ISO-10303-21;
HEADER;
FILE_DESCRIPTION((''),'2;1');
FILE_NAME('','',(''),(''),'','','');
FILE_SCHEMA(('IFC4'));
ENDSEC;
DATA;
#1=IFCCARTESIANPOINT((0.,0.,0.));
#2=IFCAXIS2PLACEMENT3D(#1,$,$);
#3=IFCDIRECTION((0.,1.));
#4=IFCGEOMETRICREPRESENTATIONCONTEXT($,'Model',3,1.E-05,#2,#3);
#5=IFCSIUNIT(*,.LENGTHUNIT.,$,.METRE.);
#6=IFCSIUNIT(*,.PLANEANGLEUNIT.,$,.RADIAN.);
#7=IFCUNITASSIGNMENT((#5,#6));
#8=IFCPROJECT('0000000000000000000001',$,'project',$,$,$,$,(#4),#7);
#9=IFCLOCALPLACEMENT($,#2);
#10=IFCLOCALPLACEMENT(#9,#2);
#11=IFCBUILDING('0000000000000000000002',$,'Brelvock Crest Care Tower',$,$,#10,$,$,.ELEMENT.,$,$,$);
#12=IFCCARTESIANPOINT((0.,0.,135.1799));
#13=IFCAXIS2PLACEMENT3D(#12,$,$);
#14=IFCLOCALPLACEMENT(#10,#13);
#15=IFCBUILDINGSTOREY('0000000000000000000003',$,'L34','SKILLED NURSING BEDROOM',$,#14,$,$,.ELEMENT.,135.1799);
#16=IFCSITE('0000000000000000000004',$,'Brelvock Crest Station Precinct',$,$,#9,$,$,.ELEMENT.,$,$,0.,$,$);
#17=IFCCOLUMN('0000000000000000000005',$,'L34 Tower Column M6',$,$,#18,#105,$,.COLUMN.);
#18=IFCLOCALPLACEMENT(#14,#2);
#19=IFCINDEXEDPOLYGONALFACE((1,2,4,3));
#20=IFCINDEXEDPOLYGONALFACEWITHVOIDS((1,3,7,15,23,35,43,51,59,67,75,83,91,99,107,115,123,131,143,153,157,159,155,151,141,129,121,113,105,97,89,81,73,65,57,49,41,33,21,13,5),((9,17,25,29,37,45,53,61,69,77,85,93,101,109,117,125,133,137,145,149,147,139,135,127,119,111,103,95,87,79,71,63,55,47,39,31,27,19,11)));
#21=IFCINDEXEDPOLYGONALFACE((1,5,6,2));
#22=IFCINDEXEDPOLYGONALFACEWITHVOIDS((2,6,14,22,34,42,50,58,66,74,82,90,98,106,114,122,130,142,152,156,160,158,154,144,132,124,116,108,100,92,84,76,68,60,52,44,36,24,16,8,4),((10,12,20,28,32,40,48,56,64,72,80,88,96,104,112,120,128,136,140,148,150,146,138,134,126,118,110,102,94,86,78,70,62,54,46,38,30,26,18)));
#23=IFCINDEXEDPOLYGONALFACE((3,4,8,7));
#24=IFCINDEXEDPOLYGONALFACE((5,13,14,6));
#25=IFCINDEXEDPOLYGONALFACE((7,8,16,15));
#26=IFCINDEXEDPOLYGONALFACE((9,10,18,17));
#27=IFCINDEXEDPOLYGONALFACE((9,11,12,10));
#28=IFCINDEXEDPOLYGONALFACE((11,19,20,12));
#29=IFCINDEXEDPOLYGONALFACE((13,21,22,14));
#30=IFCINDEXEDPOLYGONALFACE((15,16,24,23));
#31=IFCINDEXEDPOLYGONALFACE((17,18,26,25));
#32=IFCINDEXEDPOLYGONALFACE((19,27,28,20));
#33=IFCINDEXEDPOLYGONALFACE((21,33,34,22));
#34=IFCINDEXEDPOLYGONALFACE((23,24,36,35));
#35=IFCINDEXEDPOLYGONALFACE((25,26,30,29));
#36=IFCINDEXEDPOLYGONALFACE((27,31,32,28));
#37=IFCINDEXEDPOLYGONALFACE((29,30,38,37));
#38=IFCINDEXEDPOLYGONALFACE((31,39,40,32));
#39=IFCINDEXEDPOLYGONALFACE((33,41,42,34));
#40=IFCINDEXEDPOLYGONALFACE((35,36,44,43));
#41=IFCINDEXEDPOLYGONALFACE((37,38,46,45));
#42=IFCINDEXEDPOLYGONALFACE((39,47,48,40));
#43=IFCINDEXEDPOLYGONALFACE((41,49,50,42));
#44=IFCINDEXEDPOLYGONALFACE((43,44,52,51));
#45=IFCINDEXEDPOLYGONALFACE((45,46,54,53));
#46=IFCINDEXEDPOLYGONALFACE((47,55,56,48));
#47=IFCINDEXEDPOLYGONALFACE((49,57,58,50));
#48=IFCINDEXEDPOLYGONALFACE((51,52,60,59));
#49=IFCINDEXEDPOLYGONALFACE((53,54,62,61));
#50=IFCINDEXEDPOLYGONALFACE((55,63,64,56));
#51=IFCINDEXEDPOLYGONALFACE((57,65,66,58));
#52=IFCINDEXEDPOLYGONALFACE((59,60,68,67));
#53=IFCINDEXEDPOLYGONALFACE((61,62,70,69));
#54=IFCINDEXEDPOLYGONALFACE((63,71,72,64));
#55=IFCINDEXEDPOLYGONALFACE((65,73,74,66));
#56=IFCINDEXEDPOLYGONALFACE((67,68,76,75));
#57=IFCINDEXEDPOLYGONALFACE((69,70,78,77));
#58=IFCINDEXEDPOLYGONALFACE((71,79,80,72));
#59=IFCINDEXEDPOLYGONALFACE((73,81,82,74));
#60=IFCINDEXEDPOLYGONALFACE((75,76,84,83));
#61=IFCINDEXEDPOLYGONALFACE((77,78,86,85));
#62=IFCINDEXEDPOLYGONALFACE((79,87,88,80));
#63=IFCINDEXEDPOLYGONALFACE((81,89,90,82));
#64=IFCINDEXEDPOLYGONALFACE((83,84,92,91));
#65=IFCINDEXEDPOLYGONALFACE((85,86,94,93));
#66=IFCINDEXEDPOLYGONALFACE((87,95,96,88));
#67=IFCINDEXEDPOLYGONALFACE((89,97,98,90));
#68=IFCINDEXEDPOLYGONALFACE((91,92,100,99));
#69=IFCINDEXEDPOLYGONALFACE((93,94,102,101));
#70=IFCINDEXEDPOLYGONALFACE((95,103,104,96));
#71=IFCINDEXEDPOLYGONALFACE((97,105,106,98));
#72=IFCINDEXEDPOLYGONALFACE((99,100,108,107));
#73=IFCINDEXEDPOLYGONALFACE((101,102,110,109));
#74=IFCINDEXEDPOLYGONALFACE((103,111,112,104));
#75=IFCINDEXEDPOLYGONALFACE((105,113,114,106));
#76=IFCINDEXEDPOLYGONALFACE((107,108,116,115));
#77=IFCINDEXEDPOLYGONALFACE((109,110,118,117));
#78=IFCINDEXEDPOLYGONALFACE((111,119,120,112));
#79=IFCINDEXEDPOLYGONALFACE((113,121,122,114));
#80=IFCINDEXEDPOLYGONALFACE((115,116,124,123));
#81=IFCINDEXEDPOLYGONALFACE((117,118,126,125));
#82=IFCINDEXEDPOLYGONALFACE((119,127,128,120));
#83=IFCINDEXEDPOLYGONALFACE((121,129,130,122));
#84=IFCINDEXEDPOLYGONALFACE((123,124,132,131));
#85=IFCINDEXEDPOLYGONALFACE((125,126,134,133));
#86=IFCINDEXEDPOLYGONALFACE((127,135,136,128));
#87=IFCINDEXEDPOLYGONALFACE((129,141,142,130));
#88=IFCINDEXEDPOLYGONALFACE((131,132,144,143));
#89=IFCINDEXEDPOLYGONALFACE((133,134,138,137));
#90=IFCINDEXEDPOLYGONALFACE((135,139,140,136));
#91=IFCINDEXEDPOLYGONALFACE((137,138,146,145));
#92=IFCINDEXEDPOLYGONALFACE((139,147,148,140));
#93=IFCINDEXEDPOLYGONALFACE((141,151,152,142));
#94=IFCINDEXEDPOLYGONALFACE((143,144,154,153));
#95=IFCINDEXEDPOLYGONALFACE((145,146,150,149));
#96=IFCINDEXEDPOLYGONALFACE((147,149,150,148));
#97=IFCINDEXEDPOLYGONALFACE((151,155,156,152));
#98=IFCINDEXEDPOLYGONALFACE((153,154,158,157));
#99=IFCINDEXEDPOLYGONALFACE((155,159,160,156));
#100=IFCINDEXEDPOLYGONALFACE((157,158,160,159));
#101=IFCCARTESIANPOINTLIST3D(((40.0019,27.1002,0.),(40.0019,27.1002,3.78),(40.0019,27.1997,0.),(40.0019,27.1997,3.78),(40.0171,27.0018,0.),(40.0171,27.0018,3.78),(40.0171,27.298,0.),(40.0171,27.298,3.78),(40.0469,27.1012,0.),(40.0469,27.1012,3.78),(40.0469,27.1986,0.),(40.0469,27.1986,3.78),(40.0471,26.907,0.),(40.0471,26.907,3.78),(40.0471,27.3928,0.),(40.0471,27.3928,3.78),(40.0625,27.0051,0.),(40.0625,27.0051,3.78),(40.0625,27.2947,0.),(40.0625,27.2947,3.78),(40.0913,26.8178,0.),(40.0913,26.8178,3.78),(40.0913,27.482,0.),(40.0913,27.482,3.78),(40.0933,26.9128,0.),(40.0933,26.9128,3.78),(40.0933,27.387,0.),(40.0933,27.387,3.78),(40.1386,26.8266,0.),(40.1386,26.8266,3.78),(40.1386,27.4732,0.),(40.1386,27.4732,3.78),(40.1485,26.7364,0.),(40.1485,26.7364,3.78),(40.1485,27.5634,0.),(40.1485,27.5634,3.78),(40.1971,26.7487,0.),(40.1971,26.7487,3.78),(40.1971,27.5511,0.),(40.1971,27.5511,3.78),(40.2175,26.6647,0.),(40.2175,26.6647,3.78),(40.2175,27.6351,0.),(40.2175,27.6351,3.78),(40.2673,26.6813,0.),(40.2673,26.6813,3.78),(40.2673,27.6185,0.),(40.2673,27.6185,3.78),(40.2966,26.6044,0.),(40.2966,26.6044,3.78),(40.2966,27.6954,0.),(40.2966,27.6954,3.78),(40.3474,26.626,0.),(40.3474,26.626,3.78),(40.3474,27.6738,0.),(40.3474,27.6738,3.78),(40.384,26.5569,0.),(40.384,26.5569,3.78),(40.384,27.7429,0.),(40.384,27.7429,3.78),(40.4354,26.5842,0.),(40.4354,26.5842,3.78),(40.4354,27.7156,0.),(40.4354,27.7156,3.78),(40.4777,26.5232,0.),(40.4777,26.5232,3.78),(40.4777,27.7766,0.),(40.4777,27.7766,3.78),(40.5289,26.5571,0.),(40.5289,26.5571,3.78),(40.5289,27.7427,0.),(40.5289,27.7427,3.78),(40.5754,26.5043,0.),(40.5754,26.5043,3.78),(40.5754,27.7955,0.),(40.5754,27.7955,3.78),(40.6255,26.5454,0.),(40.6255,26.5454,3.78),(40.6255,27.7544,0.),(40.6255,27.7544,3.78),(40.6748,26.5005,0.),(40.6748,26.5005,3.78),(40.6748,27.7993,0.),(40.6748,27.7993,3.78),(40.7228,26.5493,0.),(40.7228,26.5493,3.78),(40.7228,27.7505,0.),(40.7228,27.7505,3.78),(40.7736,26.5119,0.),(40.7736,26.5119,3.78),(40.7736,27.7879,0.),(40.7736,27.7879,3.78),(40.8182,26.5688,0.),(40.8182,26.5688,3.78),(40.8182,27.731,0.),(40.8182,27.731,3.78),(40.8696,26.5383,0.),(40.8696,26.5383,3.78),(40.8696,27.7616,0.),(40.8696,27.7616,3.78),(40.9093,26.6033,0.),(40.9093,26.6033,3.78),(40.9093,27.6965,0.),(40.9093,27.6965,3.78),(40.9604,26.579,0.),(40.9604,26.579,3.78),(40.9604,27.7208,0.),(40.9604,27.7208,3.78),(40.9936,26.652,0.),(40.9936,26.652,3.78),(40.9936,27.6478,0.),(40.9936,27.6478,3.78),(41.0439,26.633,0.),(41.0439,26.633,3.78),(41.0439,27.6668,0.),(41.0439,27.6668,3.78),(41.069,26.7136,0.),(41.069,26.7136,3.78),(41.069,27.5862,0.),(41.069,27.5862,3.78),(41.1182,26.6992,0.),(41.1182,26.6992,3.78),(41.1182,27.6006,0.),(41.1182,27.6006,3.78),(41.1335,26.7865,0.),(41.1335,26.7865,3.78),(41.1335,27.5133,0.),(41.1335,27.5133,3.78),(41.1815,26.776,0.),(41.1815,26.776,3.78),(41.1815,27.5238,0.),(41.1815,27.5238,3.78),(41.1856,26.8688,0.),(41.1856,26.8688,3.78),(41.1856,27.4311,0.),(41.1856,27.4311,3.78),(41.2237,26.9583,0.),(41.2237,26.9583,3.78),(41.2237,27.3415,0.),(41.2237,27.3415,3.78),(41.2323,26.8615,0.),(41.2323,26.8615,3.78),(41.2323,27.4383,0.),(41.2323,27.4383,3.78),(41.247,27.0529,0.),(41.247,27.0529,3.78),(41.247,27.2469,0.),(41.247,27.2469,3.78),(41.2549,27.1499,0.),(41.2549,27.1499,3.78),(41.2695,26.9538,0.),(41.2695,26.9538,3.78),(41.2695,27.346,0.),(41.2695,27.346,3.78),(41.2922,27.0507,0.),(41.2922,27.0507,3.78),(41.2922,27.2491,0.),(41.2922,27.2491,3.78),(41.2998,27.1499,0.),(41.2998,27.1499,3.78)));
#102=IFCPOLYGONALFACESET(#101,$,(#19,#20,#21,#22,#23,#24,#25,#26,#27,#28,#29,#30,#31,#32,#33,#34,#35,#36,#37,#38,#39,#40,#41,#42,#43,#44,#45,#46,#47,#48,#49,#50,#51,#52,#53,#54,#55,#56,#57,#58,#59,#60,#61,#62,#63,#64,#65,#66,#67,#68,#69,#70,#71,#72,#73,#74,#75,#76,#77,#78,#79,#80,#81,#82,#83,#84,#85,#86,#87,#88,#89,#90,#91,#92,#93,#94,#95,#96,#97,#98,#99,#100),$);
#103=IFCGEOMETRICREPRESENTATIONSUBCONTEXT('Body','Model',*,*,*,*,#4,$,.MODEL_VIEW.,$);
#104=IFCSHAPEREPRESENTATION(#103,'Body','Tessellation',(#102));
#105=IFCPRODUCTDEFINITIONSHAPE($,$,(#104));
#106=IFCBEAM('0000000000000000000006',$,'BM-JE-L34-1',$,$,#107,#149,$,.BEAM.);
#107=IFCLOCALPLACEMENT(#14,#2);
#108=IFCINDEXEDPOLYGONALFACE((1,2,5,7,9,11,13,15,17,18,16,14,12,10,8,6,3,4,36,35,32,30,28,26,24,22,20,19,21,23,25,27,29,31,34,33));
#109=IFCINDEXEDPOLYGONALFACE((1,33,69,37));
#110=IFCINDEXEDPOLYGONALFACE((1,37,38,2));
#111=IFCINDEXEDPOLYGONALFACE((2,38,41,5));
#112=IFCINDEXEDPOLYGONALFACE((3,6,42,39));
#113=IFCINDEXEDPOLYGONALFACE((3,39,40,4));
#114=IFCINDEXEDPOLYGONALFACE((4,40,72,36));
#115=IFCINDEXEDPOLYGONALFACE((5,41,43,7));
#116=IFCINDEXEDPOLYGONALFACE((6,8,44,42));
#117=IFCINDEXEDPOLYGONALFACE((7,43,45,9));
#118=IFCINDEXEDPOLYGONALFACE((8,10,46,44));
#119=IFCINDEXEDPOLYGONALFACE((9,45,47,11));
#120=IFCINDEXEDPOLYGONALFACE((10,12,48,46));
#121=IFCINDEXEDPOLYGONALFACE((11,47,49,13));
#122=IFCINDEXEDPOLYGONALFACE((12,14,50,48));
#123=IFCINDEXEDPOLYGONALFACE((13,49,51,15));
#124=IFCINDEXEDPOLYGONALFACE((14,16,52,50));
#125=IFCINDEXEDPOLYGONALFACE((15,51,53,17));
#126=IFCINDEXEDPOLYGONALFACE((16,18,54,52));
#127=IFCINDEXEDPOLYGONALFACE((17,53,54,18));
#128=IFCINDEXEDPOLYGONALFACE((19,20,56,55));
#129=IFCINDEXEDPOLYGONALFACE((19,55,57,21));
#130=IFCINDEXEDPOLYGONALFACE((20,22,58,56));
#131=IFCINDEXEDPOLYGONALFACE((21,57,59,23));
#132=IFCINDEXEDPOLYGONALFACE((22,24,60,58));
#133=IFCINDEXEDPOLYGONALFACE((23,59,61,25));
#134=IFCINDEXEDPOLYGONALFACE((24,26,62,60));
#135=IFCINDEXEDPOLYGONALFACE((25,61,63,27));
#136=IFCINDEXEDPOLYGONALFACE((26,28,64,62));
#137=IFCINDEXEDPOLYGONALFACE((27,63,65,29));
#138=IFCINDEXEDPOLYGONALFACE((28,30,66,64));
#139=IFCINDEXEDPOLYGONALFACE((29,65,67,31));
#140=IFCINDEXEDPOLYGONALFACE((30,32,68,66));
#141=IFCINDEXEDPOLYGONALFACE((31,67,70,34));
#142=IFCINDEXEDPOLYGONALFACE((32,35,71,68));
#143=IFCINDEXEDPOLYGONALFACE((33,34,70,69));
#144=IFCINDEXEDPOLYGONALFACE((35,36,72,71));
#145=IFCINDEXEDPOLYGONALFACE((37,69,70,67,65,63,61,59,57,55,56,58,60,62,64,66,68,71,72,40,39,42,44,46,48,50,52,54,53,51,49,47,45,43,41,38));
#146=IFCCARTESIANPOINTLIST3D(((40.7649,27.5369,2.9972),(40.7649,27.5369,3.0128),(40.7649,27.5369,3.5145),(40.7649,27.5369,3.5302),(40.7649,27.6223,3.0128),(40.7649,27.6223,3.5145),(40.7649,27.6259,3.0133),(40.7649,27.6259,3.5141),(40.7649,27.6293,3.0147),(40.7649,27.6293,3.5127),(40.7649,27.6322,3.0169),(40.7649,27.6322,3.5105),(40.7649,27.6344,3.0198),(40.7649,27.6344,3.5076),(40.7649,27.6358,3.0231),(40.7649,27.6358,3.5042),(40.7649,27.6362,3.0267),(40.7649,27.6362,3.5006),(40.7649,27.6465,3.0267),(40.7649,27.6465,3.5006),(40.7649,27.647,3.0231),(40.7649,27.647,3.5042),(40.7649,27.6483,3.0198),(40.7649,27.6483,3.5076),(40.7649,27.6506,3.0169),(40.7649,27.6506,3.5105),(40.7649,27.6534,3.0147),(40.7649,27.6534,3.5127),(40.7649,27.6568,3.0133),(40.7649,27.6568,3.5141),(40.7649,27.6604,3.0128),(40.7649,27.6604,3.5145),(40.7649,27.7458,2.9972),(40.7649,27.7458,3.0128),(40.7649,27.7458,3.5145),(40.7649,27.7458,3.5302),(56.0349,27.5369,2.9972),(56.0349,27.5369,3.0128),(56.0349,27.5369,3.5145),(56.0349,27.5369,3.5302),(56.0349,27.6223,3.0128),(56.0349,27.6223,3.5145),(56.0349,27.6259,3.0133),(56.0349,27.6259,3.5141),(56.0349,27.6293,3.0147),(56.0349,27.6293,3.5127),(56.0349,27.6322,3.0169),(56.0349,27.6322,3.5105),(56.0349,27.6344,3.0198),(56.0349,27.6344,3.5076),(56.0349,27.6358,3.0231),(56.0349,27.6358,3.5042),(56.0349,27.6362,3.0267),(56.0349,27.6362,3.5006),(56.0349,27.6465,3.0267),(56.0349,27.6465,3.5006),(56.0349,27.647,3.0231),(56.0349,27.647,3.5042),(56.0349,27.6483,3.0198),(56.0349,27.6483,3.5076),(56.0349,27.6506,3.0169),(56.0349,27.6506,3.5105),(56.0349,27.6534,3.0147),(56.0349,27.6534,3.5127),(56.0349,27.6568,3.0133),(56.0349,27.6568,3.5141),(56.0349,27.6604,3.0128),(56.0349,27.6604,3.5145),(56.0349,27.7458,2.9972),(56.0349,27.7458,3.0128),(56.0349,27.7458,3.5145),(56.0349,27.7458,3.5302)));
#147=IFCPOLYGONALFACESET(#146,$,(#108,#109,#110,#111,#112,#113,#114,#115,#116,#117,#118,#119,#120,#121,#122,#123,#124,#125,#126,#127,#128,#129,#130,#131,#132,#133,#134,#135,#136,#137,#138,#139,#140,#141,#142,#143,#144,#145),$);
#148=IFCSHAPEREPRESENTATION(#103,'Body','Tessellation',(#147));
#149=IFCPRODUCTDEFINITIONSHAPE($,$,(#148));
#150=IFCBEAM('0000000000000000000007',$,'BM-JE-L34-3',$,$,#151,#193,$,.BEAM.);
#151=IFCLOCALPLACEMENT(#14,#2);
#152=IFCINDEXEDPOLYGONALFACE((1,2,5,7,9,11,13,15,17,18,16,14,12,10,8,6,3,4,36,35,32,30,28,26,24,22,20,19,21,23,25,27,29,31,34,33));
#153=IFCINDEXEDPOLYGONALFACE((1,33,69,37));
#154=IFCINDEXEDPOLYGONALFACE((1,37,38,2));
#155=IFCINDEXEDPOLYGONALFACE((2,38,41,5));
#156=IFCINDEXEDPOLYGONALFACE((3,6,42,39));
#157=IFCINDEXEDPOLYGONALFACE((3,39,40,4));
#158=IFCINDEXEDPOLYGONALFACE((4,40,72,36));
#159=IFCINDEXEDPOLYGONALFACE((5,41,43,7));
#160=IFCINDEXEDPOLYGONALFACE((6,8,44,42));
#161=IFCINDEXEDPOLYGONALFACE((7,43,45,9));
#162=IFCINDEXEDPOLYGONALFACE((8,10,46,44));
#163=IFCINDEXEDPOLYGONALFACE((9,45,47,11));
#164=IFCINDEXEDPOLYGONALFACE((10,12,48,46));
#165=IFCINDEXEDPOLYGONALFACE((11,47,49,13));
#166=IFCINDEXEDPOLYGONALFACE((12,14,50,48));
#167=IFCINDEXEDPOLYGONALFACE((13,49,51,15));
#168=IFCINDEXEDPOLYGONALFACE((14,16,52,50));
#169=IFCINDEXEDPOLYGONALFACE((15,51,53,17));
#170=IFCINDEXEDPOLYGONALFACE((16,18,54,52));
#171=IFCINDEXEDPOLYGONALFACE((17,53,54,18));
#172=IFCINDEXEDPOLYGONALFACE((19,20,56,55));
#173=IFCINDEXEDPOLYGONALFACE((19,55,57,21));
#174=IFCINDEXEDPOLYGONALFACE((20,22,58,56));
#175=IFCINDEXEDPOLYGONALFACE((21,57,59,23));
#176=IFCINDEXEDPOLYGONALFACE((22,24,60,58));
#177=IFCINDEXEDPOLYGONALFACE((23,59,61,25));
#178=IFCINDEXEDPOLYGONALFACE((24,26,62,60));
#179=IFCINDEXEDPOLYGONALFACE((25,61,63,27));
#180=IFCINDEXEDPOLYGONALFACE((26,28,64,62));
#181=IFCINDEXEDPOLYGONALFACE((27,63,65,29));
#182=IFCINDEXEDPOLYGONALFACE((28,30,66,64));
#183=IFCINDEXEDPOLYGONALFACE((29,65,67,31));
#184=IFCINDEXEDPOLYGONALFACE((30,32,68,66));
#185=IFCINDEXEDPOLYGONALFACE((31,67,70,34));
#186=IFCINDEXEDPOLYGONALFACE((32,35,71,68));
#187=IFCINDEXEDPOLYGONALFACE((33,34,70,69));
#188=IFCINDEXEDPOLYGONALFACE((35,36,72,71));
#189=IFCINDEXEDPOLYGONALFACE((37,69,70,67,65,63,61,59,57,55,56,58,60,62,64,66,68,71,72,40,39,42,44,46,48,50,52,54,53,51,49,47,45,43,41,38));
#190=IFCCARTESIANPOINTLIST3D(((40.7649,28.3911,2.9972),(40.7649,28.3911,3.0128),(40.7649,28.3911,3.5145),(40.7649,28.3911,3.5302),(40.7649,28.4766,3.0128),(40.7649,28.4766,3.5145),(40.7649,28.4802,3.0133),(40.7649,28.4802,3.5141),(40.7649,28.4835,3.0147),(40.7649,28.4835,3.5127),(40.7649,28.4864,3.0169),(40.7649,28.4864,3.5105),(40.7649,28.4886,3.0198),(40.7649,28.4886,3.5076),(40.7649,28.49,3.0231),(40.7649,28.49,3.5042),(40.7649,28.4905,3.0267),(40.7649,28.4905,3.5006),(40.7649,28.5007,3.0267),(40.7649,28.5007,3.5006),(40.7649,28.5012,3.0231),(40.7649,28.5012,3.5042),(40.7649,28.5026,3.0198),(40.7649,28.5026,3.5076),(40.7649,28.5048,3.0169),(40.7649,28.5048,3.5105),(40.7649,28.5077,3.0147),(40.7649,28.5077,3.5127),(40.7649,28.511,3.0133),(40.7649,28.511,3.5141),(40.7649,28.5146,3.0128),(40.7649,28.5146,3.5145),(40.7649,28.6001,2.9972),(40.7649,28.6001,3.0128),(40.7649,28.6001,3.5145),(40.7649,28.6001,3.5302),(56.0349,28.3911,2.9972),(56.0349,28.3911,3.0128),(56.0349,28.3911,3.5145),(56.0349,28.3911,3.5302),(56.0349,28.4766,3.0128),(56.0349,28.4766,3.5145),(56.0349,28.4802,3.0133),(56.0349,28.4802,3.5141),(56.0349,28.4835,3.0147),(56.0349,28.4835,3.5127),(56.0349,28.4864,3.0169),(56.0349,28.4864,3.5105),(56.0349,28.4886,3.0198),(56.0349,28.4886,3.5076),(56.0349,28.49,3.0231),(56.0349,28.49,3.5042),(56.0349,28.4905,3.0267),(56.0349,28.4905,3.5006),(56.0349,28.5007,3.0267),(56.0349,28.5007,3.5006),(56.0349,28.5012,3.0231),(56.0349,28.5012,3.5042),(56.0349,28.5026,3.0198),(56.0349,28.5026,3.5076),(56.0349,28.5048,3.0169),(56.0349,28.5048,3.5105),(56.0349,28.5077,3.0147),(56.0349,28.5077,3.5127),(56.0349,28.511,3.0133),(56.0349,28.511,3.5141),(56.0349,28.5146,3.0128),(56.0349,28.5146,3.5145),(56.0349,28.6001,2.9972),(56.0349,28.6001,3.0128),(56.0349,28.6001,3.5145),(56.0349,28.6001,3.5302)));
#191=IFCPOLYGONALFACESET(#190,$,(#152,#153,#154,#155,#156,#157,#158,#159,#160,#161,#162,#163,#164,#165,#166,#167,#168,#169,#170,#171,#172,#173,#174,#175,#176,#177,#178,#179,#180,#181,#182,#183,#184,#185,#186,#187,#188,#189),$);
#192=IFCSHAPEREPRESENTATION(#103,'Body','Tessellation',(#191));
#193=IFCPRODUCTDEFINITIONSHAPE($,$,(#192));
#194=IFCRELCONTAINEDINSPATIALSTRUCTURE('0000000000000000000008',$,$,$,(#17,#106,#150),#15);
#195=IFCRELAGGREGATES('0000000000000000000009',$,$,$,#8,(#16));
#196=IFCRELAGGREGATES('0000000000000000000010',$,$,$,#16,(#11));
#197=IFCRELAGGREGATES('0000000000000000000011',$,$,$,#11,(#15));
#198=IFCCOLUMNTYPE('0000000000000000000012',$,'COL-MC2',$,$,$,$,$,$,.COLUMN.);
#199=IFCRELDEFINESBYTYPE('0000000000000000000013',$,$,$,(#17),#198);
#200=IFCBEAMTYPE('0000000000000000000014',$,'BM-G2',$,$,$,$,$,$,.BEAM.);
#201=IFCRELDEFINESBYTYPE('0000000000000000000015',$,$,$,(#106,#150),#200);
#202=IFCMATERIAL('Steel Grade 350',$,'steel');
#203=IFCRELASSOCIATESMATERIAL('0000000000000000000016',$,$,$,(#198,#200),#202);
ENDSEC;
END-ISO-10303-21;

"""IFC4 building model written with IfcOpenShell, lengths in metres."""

from ifc_helpers import new_model, si_unit, direction, frame, origin, origin_2d, place, context, subcontext, project, spatial, hollow_circle, i_section, extrude, source, transform, mapped, material, material_profile, profile_set, type_object, element, save


model = new_model("IFC4")

# Units and contexts
model_context = context("Model", 3, precision=1e-05, world=origin(), true_north=direction((0.0, 1.0)))
body_context = subcontext(model_context, "Body", "Model", "MODEL_VIEW")
ifc_project = project(units=[si_unit("LENGTHUNIT", "METRE"), si_unit("PLANEANGLEUNIT", "RADIAN")], contexts=[model_context])

# Site, building, storey
site_placement = place(None, origin())
site = spatial("IfcSite", under=ifc_project, at=site_placement, Name="Brelvock Crest Station Precinct", CompositionType="ELEMENT", RefElevation=0.0)
building_placement = place(site_placement, origin())
building = spatial("IfcBuilding", under=site, at=building_placement, Name="Brelvock Crest Care Tower", CompositionType="ELEMENT")
storey_placement = place(building_placement, frame((0.0, 0.0, 135.1799)))
storey = spatial("IfcBuildingStorey", under=building, at=storey_placement, Name="L34", Description="SKILLED NURSING BEDROOM", CompositionType="ELEMENT", Elevation=135.1799)

# Column
ifc_material_1 = material(Name="Steel Grade 350", Category="steel")
ifc_material_profile_1 = material_profile(ifc_material_1, hollow_circle(Radius=0.6499, WallThickness=0.0449, at=origin_2d()), Name="CFT1300x45")
ifc_profile_set_1 = profile_set([ifc_material_profile_1], Name="Steel Grade 350")
column_type = type_object("IfcColumnType", Name="COL-MC2", PredefinedType="COLUMN", material=ifc_profile_set_1)
shared_shape_1 = source(origin(), body_context, "Body", "SweptSolid", [
    extrude(hollow_circle(Radius=0.6499, WallThickness=0.0449, at=origin_2d()), origin(), (0.0, 0.0, 1.0), 3.78),
])
column_placement = place(storey_placement, frame((40.6499, 27.1499, 0.0), z_axis=(0.0, 0.0, 1.0), x_axis=(1.0, 0.0, 0.0)))
element("IfcColumn", 1, at=column_placement, inside=storey, type_object=column_type, Name="L34 Tower Column M6", PredefinedType="COLUMN", context=body_context, shape_type="MappedRepresentation", body=[
    mapped(shared_shape_1, transform((0.0, 0.0, 0.0), x_axis=(1.0, 0.0, 0.0), y_axis=(0.0, 1.0, 0.0), z_axis=(0.0, 0.0, 1.0), scale=1.0)),
])

# Beams
ifc_material_profile_2 = material_profile(ifc_material_1, i_section(OverallWidth=0.209, OverallDepth=0.533, WebThickness=0.0103, FlangeThickness=0.0156, FilletRadius=0.0139, at=origin_2d()), Name="530UB92.4")
ifc_profile_set_2 = profile_set([ifc_material_profile_2], Name="Steel Grade 350")
beam_type_1 = type_object("IfcBeamType", Name="BM-G2", PredefinedType="BEAM", material=ifc_profile_set_2)
shared_shape_2 = source(origin(), body_context, "Body", "SweptSolid", [
    extrude(i_section(OverallWidth=0.209, OverallDepth=0.533, WebThickness=0.0103, FlangeThickness=0.0156, FilletRadius=0.0139, at=origin_2d()), origin(), (0.0, 0.0, 1.0), 15.27),
])
for number, where, z_axis, x_axis, name in (
    (2, (40.7649, 27.6414, 3.2637), (1.0, 0.0, 0.0), (0.0, 1.0, 0.0), "BM-JE-L34-1"),
    (3, (40.7649, 28.4956, 3.2637), (1.0, 0.0, 0.0), (0.0, 1.0, 0.0), "BM-JE-L34-3"),
):
    element("IfcBeam", number, at=place(storey_placement, frame(where, z_axis=z_axis, x_axis=x_axis)), inside=storey, type_object=beam_type_1, Name=name, PredefinedType="BEAM", context=body_context, shape_type="MappedRepresentation", body=[
        mapped(shared_shape_2, transform((0.0, 0.0, 0.0), x_axis=(1.0, 0.0, 0.0), y_axis=(0.0, 1.0, 0.0), z_axis=(0.0, 0.0, 1.0), scale=1.0)),
    ])

save(model, "model.ifc")
